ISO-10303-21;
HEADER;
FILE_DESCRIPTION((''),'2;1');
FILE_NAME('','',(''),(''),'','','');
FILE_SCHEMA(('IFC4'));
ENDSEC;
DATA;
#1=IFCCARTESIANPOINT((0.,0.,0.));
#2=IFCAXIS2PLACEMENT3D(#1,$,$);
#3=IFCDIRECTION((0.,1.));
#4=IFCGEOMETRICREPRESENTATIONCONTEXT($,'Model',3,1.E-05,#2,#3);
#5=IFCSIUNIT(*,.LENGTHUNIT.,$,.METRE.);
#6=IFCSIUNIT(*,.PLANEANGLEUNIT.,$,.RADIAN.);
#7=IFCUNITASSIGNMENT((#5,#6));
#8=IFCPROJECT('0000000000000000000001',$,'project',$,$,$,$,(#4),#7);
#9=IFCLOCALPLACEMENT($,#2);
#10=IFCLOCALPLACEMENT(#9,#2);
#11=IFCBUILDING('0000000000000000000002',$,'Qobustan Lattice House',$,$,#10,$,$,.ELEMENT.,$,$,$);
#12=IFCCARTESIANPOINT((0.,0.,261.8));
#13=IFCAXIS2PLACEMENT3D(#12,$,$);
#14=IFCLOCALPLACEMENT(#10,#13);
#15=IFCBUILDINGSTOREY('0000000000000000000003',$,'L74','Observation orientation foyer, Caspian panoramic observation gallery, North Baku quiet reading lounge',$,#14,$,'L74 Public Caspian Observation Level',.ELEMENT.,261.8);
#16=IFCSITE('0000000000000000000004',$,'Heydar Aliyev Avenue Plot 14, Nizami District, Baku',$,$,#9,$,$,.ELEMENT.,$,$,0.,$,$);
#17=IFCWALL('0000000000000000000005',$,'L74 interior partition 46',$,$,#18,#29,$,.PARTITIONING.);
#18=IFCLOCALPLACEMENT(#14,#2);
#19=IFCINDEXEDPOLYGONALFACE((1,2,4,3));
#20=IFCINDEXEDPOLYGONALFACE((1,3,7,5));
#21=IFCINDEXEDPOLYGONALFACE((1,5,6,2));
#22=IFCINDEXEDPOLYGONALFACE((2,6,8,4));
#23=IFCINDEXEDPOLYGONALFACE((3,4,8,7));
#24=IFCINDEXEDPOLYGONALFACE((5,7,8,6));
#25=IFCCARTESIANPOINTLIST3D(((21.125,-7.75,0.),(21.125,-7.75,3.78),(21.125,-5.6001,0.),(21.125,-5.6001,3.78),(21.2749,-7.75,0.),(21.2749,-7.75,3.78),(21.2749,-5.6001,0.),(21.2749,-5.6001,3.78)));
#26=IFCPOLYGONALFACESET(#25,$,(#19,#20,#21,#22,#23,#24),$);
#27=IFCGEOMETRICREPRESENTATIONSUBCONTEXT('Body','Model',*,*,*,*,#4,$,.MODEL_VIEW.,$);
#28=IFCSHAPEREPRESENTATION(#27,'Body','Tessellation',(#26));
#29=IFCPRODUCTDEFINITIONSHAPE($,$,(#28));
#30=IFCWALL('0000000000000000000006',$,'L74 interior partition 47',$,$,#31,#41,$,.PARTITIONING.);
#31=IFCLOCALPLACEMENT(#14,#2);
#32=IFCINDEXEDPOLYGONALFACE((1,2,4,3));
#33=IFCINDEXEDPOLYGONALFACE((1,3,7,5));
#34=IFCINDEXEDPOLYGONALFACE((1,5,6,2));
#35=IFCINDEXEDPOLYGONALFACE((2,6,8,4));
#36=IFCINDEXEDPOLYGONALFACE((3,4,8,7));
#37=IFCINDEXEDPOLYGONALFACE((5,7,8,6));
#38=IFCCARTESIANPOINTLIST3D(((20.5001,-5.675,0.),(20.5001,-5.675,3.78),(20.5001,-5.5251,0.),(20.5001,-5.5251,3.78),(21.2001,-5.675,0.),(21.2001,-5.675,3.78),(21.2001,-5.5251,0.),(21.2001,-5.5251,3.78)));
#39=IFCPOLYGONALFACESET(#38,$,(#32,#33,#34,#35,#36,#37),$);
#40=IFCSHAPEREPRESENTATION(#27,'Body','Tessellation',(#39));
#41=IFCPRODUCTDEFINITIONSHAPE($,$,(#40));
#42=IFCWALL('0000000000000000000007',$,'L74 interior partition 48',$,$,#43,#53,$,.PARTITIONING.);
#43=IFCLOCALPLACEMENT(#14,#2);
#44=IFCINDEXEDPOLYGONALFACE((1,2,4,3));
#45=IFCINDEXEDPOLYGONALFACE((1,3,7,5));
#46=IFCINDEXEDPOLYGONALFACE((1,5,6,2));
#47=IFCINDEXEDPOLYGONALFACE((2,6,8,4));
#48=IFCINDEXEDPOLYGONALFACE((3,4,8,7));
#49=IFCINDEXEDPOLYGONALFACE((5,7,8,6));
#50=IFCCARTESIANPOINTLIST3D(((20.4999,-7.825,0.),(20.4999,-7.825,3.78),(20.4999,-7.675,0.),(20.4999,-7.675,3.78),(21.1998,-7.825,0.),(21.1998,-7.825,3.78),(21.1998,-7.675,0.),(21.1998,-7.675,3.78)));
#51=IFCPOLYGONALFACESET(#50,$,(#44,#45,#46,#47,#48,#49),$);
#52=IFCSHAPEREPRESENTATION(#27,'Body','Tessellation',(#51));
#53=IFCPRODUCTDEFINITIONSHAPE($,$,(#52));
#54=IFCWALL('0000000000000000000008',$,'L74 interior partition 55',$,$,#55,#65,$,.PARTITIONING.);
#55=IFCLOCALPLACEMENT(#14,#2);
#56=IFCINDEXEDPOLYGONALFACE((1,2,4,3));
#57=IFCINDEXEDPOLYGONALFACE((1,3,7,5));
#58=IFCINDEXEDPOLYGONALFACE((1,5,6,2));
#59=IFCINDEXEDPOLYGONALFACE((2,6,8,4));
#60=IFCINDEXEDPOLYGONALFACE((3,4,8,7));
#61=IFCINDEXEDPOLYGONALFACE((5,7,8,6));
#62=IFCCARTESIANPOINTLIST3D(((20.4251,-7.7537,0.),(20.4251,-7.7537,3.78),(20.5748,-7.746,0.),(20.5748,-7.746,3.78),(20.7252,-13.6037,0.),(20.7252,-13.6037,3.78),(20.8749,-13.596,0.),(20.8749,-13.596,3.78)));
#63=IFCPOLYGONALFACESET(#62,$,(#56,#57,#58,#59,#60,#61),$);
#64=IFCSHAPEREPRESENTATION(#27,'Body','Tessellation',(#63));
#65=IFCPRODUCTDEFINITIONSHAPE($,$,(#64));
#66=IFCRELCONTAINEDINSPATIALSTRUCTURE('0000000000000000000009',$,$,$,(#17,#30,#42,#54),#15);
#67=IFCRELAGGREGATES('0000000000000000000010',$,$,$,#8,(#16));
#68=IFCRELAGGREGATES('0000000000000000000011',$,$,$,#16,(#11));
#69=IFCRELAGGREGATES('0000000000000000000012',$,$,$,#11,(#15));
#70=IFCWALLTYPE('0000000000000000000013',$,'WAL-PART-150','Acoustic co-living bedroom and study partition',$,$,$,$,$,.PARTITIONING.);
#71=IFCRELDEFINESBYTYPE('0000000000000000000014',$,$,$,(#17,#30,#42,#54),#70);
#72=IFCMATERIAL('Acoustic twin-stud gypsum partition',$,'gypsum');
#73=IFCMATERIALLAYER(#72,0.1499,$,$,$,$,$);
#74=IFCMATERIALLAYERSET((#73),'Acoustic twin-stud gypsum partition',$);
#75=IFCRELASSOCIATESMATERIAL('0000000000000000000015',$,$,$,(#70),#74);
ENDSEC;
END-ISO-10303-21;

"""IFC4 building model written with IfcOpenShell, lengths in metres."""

from ifc_helpers import new_model, si_unit, direction, frame, frame_2d, origin, place, context, subcontext, project, spatial, rectangle, extrude, material, layer, layer_set, type_object, element, save


model = new_model("IFC4")

# Units and contexts
model_context = context("Model", 3, precision=1e-05, world=origin(), true_north=direction((0.0, 1.0)))
body_context = subcontext(model_context, "Body", "Model", "MODEL_VIEW")
ifc_project = project(units=[si_unit("LENGTHUNIT", "METRE"), si_unit("PLANEANGLEUNIT", "RADIAN")], contexts=[model_context])

# Site, building, storey
site_placement = place(None, origin())
site = spatial("IfcSite", under=ifc_project, at=site_placement, Name="Heydar Aliyev Avenue Plot 14, Nizami District, Baku", CompositionType="ELEMENT", RefElevation=0.0)
building_placement = place(site_placement, origin())
building = spatial("IfcBuilding", under=site, at=building_placement, Name="Qobustan Lattice House", CompositionType="ELEMENT")
storey_placement = place(building_placement, frame((0.0, 0.0, 261.8)))
storey = spatial("IfcBuildingStorey", under=building, at=storey_placement, Name="L74", Description="Observation orientation foyer, Caspian panoramic observation gallery, North Baku quiet reading lounge", LongName="L74 Public Caspian Observation Level", CompositionType="ELEMENT", Elevation=261.8)

# Shared definitions
ifc_material_1 = material(Name="Acoustic twin-stud gypsum partition", Category="gypsum")
ifc_layer_1 = layer(ifc_material_1, 0.1499)
ifc_layer_set_1 = layer_set([ifc_layer_1], Name="Acoustic twin-stud gypsum partition")
wall_type_1 = type_object("IfcWallType", Name="WAL-PART-150", Description="Acoustic co-living bedroom and study partition", PredefinedType="PARTITIONING", material=ifc_layer_set_1)

# Walls
wall_1_placement = place(storey_placement, frame((21.2, -5.6001, 0.0), z_axis=(0.0, 0.0, 1.0), x_axis=(0.0, -1.0, 0.0)))
element("IfcWall", 1, at=wall_1_placement, inside=storey, type_object=wall_type_1, Name="L74 interior partition 46", PredefinedType="PARTITIONING", context=body_context, shape_type="SweptSolid", body=[
    extrude(rectangle(XDim=2.1499, YDim=0.1499, at=frame_2d((1.075, 0.0))), origin(), (0.0, 0.0, 1.0), 3.78),
])
for number, where, z_axis, x_axis, name in (
    (2, (20.5, -5.6001, 0.0), (0.0, 0.0, 1.0), (1.0, 0.0, 0.0), "L74 interior partition 47"),
    (3, (21.2, -7.75, 0.0), (0.0, 0.0, 1.0), (-1.0, 0.0, 0.0), "L74 interior partition 48"),
):
    element("IfcWall", number, at=place(storey_placement, frame(where, z_axis=z_axis, x_axis=x_axis)), inside=storey, type_object=wall_type_1, Name=name, PredefinedType="PARTITIONING", context=body_context, shape_type="SweptSolid", body=[
        extrude(rectangle(XDim=0.7, YDim=0.1499, at=frame_2d((0.3501, 0.0))), origin(), (0.0, 0.0, 1.0), 3.78),
    ])
wall_2_placement = place(storey_placement, frame((20.5, -7.75, 0.0), z_axis=(0.0, 0.0, 1.0), x_axis=(0.051222, -0.998687, 0.0)))
element("IfcWall", 4, at=wall_2_placement, inside=storey, type_object=wall_type_1, Name="L74 interior partition 55", PredefinedType="PARTITIONING", context=body_context, shape_type="SweptSolid", body=[
    extrude(rectangle(XDim=5.8577, YDim=0.1499, at=frame_2d((2.9287, 0.0))), origin(), (0.0, 0.0, 1.0), 3.78),
])

save(model, "model.ifc")
